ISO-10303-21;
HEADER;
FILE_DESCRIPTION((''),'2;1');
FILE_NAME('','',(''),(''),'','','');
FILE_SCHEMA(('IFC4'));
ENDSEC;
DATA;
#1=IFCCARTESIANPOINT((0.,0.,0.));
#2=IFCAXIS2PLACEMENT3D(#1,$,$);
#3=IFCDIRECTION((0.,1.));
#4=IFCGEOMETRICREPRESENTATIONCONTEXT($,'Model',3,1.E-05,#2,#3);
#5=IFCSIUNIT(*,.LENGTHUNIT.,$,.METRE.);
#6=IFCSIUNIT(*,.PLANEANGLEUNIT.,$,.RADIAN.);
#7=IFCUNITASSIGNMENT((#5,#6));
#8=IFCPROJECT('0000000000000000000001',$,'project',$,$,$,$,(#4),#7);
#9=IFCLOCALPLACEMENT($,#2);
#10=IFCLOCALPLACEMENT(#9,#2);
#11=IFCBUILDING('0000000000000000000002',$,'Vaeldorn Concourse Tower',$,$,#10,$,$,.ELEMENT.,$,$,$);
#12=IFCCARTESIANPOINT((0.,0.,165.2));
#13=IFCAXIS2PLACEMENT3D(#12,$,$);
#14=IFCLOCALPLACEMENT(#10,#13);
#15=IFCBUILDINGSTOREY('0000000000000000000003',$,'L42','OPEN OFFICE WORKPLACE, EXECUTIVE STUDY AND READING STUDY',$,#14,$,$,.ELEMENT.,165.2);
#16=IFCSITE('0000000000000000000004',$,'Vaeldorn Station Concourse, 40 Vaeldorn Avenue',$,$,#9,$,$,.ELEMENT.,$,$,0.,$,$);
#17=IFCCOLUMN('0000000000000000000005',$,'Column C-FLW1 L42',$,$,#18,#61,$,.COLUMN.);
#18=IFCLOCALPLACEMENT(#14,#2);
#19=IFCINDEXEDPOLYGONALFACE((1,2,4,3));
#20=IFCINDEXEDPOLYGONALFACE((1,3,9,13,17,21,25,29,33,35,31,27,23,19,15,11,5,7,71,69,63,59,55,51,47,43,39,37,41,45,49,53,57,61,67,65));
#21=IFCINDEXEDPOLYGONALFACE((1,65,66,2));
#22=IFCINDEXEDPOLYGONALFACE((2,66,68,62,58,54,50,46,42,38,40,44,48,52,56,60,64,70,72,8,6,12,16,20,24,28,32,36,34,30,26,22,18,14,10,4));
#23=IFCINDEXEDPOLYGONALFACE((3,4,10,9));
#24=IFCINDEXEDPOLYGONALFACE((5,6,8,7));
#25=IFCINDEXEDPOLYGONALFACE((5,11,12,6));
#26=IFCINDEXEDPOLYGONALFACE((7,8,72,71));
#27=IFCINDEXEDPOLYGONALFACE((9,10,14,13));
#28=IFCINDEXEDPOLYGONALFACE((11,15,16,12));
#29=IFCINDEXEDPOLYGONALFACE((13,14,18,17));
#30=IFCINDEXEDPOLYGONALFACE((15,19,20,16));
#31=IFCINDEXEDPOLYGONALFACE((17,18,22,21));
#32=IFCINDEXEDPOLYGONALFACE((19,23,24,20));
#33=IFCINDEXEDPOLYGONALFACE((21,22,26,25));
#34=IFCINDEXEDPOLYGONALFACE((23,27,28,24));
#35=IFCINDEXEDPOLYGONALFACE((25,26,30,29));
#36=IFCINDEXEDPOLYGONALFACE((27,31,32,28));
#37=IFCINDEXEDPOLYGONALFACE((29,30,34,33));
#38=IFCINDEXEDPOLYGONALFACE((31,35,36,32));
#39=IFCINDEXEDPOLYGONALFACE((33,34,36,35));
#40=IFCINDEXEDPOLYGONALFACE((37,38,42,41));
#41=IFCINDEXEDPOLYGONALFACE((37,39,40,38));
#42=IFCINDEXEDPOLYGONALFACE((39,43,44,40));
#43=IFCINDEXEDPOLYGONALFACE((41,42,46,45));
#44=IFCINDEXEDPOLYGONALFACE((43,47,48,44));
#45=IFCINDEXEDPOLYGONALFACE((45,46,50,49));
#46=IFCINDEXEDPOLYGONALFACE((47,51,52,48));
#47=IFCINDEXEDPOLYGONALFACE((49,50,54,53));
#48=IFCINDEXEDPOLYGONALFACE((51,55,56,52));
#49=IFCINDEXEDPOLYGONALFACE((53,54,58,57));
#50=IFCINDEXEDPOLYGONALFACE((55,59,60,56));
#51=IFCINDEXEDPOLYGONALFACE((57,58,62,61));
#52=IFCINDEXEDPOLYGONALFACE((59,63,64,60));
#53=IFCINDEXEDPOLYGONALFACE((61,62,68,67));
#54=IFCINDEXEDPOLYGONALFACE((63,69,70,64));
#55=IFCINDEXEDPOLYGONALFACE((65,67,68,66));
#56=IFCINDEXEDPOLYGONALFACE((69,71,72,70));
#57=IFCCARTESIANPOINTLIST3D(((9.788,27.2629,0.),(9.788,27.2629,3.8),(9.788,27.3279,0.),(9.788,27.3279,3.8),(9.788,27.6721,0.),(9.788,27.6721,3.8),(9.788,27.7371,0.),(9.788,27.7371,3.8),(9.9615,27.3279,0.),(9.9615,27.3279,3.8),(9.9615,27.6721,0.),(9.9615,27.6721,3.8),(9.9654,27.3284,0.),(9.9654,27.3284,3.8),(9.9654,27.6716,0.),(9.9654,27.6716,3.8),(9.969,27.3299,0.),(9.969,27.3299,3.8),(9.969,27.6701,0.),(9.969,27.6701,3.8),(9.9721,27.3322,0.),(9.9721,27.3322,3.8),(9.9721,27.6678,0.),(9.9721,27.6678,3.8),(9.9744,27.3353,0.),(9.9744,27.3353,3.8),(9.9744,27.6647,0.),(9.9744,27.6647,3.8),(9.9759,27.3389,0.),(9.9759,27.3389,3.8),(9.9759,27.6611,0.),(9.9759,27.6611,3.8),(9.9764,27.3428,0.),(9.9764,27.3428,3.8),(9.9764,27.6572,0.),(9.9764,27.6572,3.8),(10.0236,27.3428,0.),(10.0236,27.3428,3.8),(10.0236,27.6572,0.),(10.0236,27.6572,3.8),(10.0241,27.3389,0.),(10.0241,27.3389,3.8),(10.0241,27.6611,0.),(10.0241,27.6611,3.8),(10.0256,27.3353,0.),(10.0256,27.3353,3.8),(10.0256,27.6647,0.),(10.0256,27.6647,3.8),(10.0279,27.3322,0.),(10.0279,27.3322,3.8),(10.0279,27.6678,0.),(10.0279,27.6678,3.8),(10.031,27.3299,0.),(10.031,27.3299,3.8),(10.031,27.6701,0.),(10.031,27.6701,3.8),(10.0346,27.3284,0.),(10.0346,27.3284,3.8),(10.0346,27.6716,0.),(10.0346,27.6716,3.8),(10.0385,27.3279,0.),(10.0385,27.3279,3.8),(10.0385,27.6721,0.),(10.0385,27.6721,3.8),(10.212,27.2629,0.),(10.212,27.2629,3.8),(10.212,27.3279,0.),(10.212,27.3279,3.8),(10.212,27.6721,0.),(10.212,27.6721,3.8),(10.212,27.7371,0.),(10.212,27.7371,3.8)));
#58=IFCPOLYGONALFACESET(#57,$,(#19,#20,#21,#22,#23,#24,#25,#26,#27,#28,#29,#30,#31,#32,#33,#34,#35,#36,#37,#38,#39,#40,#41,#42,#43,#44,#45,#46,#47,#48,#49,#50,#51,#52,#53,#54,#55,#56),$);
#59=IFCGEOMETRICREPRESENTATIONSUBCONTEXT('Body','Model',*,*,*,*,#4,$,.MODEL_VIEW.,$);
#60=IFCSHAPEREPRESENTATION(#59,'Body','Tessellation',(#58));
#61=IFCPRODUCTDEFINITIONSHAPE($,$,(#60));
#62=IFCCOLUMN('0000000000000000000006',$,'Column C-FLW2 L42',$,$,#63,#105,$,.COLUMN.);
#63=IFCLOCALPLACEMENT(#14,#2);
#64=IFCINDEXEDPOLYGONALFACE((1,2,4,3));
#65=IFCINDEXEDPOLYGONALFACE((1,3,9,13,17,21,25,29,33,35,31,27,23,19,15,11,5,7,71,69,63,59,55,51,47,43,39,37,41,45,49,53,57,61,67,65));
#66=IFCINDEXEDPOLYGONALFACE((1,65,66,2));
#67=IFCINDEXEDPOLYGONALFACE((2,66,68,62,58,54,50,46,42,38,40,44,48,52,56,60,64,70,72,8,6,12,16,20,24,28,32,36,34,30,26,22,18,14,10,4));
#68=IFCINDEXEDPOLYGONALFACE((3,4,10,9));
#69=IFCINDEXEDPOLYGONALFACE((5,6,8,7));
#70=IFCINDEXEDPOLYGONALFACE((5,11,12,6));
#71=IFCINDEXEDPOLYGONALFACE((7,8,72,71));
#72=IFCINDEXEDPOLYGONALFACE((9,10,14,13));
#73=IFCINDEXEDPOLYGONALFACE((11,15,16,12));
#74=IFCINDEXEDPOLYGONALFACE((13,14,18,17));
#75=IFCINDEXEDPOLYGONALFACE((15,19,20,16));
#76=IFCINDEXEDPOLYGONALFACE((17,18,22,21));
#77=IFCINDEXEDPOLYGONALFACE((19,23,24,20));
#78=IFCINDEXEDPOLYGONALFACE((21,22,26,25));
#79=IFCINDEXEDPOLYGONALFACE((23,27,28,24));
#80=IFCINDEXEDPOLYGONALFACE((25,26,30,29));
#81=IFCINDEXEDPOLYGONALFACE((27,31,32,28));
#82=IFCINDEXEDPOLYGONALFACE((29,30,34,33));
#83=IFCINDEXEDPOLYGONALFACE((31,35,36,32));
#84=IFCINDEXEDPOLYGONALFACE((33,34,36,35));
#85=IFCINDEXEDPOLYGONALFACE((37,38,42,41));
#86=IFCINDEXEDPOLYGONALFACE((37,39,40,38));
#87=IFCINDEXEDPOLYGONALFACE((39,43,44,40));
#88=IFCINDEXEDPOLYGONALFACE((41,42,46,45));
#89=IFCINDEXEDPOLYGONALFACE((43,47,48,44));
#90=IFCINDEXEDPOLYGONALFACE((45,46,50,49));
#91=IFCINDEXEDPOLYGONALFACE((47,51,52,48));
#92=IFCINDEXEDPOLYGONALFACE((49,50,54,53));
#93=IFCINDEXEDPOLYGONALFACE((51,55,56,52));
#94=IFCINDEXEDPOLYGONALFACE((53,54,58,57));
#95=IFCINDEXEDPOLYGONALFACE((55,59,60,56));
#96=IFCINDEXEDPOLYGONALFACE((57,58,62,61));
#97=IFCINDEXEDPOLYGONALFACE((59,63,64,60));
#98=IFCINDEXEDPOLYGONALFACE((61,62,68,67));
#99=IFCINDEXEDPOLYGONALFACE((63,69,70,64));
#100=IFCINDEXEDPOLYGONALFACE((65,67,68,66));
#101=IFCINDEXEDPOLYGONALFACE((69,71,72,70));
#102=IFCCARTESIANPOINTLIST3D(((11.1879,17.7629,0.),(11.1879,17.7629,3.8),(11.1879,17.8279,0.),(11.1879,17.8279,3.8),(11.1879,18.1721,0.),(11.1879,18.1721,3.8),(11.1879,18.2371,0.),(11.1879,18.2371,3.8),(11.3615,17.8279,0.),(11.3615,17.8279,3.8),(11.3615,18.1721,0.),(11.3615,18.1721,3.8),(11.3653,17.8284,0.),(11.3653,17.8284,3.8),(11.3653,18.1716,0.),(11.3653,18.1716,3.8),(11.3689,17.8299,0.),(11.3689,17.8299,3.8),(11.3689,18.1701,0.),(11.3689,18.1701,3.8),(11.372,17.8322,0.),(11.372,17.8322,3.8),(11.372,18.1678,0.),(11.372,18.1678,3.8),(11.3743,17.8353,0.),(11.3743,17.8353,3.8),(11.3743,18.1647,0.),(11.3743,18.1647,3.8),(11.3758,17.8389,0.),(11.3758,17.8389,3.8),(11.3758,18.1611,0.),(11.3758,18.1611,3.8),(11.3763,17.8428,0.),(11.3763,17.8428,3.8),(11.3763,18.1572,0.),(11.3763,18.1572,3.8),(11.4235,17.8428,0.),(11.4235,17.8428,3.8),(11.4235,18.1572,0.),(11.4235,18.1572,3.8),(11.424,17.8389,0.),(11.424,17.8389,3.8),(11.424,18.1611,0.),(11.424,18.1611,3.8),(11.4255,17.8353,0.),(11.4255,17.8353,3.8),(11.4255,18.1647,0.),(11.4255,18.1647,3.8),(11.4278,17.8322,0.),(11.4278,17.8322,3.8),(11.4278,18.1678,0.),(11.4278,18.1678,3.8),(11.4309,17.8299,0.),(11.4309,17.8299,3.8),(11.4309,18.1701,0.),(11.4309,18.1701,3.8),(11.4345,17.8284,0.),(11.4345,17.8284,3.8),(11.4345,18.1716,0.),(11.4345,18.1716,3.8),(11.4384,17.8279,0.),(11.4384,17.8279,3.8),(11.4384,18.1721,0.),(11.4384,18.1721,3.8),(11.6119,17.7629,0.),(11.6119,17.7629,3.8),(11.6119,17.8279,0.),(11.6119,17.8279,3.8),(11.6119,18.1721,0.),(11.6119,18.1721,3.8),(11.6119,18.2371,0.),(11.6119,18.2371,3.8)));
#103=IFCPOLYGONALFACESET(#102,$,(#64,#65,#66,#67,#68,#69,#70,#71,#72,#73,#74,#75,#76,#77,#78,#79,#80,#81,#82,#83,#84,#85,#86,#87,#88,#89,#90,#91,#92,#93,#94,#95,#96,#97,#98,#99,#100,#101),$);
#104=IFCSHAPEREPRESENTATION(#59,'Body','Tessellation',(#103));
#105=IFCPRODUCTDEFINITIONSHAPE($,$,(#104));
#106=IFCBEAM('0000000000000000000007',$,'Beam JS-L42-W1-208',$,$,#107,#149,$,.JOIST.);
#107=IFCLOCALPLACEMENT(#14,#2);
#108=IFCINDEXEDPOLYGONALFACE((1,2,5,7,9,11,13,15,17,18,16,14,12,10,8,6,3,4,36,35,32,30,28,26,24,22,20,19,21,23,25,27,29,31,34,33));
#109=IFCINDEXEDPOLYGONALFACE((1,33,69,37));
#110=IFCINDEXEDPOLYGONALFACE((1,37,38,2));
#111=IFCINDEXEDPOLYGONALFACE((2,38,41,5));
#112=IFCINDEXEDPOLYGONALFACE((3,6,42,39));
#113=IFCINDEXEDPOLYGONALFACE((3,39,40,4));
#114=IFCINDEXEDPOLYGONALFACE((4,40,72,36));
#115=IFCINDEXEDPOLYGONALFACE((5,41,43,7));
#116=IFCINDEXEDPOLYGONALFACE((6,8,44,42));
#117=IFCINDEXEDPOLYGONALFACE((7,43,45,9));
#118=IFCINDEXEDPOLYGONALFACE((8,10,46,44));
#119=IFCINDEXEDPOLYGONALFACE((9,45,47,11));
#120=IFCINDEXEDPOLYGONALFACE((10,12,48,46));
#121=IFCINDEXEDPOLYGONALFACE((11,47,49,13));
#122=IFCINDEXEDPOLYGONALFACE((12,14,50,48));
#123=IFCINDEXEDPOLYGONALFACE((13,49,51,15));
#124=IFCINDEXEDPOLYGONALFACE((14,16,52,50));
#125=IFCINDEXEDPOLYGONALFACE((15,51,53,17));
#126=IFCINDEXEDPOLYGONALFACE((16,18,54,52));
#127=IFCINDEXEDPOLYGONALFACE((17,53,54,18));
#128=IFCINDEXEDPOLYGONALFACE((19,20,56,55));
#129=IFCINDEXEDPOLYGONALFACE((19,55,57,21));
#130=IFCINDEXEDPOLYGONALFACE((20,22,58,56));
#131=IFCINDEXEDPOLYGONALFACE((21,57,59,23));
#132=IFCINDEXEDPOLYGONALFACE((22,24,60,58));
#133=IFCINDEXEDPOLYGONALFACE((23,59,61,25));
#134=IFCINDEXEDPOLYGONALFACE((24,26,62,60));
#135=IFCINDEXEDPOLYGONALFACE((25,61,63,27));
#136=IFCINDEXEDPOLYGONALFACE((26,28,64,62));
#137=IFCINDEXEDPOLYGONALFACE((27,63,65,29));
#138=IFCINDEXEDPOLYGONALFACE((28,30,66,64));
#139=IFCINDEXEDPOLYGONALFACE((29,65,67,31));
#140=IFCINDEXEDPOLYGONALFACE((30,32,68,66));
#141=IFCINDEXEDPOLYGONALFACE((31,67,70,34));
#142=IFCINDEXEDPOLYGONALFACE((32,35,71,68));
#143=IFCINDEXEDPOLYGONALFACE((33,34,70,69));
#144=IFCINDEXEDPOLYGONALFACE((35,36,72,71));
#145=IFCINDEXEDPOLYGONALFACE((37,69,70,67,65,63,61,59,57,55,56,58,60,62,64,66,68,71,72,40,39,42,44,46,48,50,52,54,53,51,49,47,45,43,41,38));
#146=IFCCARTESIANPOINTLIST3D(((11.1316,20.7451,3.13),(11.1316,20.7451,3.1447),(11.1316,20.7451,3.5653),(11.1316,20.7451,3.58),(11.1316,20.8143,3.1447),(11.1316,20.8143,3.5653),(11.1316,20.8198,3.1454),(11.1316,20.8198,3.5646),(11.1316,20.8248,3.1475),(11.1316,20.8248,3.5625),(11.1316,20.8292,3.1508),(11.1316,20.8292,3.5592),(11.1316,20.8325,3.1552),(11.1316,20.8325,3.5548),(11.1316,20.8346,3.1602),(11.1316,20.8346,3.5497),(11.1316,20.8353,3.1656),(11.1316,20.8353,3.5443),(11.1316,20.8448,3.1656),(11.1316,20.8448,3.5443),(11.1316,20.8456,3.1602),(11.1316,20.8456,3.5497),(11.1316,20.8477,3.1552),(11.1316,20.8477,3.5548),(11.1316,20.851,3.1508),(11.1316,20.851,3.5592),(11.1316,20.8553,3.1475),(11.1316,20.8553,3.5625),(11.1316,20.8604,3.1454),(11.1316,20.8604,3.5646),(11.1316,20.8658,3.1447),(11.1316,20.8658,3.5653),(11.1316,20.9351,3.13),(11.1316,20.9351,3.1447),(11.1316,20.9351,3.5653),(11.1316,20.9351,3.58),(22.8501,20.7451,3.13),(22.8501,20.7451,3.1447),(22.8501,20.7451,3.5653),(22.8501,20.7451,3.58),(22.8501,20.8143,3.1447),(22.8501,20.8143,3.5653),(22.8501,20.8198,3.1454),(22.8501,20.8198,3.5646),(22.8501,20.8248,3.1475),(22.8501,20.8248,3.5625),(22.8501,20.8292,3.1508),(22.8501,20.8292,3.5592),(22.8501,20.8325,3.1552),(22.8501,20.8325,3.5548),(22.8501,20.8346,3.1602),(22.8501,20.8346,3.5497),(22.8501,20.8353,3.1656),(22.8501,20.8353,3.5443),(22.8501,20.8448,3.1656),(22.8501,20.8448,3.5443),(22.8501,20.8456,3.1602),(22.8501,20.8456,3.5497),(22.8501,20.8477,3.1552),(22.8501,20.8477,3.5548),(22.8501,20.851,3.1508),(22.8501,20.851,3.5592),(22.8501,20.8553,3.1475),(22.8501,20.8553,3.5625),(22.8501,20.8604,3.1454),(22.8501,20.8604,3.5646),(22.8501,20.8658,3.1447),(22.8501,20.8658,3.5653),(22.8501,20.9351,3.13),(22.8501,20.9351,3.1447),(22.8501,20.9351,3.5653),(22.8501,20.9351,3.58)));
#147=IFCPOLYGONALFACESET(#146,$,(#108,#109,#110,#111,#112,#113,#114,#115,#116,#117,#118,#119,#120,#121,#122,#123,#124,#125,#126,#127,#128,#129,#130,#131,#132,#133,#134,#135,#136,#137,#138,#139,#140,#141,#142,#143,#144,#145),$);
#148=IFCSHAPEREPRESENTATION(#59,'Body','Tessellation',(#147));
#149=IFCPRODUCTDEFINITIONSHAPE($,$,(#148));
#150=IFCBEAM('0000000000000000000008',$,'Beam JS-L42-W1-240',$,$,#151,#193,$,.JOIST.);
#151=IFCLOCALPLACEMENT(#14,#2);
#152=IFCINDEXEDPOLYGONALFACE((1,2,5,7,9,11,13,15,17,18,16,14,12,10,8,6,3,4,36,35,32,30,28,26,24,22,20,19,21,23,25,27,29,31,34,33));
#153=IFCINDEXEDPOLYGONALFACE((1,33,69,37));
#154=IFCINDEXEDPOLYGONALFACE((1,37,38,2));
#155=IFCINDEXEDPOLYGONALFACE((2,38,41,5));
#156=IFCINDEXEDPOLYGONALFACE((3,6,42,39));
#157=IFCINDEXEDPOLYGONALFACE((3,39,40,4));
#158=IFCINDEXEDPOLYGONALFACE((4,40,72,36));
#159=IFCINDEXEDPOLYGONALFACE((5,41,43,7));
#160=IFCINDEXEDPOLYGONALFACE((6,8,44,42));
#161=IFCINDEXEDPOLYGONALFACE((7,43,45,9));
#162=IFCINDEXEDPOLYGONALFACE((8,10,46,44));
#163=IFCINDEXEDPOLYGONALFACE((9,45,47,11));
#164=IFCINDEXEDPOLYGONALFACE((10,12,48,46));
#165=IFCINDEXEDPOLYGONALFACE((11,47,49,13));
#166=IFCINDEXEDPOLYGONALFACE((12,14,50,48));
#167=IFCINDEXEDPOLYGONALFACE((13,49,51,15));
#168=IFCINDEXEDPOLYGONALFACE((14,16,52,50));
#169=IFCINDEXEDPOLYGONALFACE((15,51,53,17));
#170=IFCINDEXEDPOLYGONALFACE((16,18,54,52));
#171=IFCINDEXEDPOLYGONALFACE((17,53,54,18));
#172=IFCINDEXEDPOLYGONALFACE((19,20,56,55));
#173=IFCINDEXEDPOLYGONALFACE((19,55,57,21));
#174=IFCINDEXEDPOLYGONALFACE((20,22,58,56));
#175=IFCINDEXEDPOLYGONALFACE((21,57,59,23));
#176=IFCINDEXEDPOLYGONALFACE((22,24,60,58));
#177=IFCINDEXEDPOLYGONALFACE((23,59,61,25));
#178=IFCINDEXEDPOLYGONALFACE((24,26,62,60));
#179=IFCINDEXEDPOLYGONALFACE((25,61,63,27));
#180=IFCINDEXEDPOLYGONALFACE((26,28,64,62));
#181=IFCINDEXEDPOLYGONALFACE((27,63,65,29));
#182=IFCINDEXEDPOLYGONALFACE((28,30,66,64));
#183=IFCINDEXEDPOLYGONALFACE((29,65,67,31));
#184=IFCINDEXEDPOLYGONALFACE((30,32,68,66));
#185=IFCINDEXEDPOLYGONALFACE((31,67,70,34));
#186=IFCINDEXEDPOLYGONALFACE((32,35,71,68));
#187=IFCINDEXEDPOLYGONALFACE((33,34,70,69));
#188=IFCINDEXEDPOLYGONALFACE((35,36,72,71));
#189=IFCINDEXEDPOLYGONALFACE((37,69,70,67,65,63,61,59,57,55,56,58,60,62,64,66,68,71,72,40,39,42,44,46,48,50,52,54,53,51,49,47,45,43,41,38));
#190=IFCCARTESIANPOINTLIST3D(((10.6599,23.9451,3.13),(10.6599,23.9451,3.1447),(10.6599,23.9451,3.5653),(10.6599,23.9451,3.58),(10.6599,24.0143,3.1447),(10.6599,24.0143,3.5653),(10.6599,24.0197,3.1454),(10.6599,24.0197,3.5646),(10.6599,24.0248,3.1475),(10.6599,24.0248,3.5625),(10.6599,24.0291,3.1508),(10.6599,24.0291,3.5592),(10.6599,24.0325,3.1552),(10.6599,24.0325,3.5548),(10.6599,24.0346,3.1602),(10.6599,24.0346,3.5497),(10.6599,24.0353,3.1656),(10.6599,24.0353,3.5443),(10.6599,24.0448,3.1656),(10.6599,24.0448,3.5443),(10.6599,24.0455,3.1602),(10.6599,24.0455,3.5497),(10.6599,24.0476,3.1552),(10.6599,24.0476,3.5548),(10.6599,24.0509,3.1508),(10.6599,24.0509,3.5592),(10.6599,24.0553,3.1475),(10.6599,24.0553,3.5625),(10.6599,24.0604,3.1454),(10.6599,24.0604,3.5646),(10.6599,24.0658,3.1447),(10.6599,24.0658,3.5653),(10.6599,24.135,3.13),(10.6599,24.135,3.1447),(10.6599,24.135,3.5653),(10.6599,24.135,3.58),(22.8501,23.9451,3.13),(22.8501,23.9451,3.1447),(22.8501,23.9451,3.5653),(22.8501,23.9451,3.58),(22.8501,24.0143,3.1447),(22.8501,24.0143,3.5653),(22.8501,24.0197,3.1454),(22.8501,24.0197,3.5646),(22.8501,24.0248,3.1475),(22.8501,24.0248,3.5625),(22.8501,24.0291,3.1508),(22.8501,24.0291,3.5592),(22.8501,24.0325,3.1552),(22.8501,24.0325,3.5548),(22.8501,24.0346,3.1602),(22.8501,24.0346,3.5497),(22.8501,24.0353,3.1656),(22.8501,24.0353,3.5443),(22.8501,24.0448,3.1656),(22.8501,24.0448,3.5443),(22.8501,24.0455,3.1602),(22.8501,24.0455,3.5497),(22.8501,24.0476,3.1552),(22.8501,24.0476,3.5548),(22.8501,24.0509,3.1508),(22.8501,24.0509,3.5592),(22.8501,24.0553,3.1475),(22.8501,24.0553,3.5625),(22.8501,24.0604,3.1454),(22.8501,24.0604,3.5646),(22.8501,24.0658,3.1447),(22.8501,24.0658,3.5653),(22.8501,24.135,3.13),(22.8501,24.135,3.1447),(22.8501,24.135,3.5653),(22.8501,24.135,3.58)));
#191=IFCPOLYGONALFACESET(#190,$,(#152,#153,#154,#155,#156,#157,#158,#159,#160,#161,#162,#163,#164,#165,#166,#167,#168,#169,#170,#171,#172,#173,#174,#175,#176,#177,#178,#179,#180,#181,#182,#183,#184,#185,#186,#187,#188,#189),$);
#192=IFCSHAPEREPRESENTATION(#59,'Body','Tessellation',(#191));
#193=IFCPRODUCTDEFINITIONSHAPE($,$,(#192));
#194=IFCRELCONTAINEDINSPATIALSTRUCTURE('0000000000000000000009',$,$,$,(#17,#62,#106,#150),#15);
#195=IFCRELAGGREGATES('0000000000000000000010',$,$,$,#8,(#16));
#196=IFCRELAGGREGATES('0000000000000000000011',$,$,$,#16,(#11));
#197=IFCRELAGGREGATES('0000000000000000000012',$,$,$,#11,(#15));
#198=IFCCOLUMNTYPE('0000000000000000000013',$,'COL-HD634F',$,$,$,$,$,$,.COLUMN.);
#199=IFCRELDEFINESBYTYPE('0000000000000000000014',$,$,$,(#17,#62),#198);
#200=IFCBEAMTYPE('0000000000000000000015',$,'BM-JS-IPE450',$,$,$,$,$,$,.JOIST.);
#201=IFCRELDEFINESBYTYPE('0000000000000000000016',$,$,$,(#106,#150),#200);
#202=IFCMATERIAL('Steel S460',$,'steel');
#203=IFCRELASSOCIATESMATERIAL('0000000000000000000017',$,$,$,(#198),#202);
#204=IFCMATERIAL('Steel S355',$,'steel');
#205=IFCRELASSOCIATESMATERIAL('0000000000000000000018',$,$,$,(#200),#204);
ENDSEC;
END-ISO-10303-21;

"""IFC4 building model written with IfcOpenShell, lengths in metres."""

from ifc_helpers import new_model, si_unit, direction, frame, origin, origin_2d, place, context, subcontext, project, spatial, i_section, extrude, source, transform, mapped, material, material_profile, profile_set, type_object, element, save


model = new_model("IFC4")

# Units and contexts
model_context = context("Model", 3, precision=1e-05, world=origin(), true_north=direction((0.0, 1.0)))
body_context = subcontext(model_context, "Body", "Model", "MODEL_VIEW")
ifc_project = project(units=[si_unit("LENGTHUNIT", "METRE"), si_unit("PLANEANGLEUNIT", "RADIAN")], contexts=[model_context])

# Site, building, storey
site_placement = place(None, origin())
site = spatial("IfcSite", under=ifc_project, at=site_placement, Name="Vaeldorn Station Concourse, 40 Vaeldorn Avenue", CompositionType="ELEMENT", RefElevation=0.0)
building_placement = place(site_placement, origin())
building = spatial("IfcBuilding", under=site, at=building_placement, Name="Vaeldorn Concourse Tower", CompositionType="ELEMENT")
storey_placement = place(building_placement, frame((0.0, 0.0, 165.2)))
storey = spatial("IfcBuildingStorey", under=building, at=storey_placement, Name="L42", Description="OPEN OFFICE WORKPLACE, EXECUTIVE STUDY AND READING STUDY", CompositionType="ELEMENT", Elevation=165.2)

# Columns
ifc_material_1 = material(Name="Steel S460", Category="steel")
ifc_material_profile_1 = material_profile(ifc_material_1, i_section(OverallWidth=0.4241, OverallDepth=0.4741, WebThickness=0.0471, FlangeThickness=0.0649, FilletRadius=0.0149, at=origin_2d()), Name="HD 400x634")
ifc_profile_set_1 = profile_set([ifc_material_profile_1], Name="Steel S460")
column_type = type_object("IfcColumnType", Name="COL-HD634F", PredefinedType="COLUMN", material=ifc_profile_set_1)
shared_shape_1 = source(origin(), body_context, "Body", "SweptSolid", [
    extrude(i_section(OverallWidth=0.4241, OverallDepth=0.4741, WebThickness=0.0471, FlangeThickness=0.0649, FilletRadius=0.0149, at=origin_2d()), origin(), (0.0, 0.0, 1.0), 3.8),
])
for number, where, z_axis, x_axis, name in (
    (1, (10.0, 27.5, 0.0), (0.0, 0.0, 1.0), (1.0, 0.0, 0.0), "Column C-FLW1 L42"),
    (2, (11.3999, 18.0, 0.0), (0.0, 0.0, 1.0), (1.0, 0.0, 0.0), "Column C-FLW2 L42"),
):
    element("IfcColumn", number, at=place(storey_placement, frame(where, z_axis=z_axis, x_axis=x_axis)), inside=storey, type_object=column_type, Name=name, PredefinedType="COLUMN", context=body_context, shape_type="MappedRepresentation", body=[
        mapped(shared_shape_1, transform((0.0, 0.0, 0.0), scale=1.0)),
    ])

# Beams
ifc_material_2 = material(Name="Steel S355", Category="steel")
ifc_material_profile_2 = material_profile(ifc_material_2, i_section(OverallWidth=0.1899, OverallDepth=0.45, WebThickness=0.0095, FlangeThickness=0.0146, FilletRadius=0.021, at=origin_2d()), Name="IPE 450")
ifc_profile_set_2 = profile_set([ifc_material_profile_2], Name="Steel S355")
beam_type_1 = type_object("IfcBeamType", Name="BM-JS-IPE450", PredefinedType="JOIST", material=ifc_profile_set_2)
shared_shape_2 = source(origin(), body_context, "Body", "SweptSolid", [
    extrude(i_section(OverallWidth=0.1899, OverallDepth=0.45, WebThickness=0.0095, FlangeThickness=0.0146, FilletRadius=0.021, at=origin_2d()), origin(), (0.0, 0.0, 1.0), 11.7185),
])
beam_1_placement = place(storey_placement, frame((11.1316, 20.8401, 3.355), z_axis=(1.0, 0.0, 0.0), x_axis=(0.0, 1.0, 0.0)))
element("IfcBeam", 3, at=beam_1_placement, inside=storey, type_object=beam_type_1, Name="Beam JS-L42-W1-208", PredefinedType="JOIST", context=body_context, shape_type="MappedRepresentation", body=[
    mapped(shared_shape_2, transform((0.0, 0.0, 0.0), scale=1.0)),
])
shared_shape_3 = source(origin(), body_context, "Body", "SweptSolid", [
    extrude(i_section(OverallWidth=0.1899, OverallDepth=0.45, WebThickness=0.0095, FlangeThickness=0.0146, FilletRadius=0.021, at=origin_2d()), origin(), (0.0, 0.0, 1.0), 12.1902),
])
beam_2_placement = place(storey_placement, frame((10.6599, 24.04, 3.355), z_axis=(1.0, 0.0, 0.0), x_axis=(0.0, 1.0, 0.0)))
element("IfcBeam", 4, at=beam_2_placement, inside=storey, type_object=beam_type_1, Name="Beam JS-L42-W1-240", PredefinedType="JOIST", context=body_context, shape_type="MappedRepresentation", body=[
    mapped(shared_shape_3, transform((0.0, 0.0, 0.0), scale=1.0)),
])

save(model, "model.ifc")
